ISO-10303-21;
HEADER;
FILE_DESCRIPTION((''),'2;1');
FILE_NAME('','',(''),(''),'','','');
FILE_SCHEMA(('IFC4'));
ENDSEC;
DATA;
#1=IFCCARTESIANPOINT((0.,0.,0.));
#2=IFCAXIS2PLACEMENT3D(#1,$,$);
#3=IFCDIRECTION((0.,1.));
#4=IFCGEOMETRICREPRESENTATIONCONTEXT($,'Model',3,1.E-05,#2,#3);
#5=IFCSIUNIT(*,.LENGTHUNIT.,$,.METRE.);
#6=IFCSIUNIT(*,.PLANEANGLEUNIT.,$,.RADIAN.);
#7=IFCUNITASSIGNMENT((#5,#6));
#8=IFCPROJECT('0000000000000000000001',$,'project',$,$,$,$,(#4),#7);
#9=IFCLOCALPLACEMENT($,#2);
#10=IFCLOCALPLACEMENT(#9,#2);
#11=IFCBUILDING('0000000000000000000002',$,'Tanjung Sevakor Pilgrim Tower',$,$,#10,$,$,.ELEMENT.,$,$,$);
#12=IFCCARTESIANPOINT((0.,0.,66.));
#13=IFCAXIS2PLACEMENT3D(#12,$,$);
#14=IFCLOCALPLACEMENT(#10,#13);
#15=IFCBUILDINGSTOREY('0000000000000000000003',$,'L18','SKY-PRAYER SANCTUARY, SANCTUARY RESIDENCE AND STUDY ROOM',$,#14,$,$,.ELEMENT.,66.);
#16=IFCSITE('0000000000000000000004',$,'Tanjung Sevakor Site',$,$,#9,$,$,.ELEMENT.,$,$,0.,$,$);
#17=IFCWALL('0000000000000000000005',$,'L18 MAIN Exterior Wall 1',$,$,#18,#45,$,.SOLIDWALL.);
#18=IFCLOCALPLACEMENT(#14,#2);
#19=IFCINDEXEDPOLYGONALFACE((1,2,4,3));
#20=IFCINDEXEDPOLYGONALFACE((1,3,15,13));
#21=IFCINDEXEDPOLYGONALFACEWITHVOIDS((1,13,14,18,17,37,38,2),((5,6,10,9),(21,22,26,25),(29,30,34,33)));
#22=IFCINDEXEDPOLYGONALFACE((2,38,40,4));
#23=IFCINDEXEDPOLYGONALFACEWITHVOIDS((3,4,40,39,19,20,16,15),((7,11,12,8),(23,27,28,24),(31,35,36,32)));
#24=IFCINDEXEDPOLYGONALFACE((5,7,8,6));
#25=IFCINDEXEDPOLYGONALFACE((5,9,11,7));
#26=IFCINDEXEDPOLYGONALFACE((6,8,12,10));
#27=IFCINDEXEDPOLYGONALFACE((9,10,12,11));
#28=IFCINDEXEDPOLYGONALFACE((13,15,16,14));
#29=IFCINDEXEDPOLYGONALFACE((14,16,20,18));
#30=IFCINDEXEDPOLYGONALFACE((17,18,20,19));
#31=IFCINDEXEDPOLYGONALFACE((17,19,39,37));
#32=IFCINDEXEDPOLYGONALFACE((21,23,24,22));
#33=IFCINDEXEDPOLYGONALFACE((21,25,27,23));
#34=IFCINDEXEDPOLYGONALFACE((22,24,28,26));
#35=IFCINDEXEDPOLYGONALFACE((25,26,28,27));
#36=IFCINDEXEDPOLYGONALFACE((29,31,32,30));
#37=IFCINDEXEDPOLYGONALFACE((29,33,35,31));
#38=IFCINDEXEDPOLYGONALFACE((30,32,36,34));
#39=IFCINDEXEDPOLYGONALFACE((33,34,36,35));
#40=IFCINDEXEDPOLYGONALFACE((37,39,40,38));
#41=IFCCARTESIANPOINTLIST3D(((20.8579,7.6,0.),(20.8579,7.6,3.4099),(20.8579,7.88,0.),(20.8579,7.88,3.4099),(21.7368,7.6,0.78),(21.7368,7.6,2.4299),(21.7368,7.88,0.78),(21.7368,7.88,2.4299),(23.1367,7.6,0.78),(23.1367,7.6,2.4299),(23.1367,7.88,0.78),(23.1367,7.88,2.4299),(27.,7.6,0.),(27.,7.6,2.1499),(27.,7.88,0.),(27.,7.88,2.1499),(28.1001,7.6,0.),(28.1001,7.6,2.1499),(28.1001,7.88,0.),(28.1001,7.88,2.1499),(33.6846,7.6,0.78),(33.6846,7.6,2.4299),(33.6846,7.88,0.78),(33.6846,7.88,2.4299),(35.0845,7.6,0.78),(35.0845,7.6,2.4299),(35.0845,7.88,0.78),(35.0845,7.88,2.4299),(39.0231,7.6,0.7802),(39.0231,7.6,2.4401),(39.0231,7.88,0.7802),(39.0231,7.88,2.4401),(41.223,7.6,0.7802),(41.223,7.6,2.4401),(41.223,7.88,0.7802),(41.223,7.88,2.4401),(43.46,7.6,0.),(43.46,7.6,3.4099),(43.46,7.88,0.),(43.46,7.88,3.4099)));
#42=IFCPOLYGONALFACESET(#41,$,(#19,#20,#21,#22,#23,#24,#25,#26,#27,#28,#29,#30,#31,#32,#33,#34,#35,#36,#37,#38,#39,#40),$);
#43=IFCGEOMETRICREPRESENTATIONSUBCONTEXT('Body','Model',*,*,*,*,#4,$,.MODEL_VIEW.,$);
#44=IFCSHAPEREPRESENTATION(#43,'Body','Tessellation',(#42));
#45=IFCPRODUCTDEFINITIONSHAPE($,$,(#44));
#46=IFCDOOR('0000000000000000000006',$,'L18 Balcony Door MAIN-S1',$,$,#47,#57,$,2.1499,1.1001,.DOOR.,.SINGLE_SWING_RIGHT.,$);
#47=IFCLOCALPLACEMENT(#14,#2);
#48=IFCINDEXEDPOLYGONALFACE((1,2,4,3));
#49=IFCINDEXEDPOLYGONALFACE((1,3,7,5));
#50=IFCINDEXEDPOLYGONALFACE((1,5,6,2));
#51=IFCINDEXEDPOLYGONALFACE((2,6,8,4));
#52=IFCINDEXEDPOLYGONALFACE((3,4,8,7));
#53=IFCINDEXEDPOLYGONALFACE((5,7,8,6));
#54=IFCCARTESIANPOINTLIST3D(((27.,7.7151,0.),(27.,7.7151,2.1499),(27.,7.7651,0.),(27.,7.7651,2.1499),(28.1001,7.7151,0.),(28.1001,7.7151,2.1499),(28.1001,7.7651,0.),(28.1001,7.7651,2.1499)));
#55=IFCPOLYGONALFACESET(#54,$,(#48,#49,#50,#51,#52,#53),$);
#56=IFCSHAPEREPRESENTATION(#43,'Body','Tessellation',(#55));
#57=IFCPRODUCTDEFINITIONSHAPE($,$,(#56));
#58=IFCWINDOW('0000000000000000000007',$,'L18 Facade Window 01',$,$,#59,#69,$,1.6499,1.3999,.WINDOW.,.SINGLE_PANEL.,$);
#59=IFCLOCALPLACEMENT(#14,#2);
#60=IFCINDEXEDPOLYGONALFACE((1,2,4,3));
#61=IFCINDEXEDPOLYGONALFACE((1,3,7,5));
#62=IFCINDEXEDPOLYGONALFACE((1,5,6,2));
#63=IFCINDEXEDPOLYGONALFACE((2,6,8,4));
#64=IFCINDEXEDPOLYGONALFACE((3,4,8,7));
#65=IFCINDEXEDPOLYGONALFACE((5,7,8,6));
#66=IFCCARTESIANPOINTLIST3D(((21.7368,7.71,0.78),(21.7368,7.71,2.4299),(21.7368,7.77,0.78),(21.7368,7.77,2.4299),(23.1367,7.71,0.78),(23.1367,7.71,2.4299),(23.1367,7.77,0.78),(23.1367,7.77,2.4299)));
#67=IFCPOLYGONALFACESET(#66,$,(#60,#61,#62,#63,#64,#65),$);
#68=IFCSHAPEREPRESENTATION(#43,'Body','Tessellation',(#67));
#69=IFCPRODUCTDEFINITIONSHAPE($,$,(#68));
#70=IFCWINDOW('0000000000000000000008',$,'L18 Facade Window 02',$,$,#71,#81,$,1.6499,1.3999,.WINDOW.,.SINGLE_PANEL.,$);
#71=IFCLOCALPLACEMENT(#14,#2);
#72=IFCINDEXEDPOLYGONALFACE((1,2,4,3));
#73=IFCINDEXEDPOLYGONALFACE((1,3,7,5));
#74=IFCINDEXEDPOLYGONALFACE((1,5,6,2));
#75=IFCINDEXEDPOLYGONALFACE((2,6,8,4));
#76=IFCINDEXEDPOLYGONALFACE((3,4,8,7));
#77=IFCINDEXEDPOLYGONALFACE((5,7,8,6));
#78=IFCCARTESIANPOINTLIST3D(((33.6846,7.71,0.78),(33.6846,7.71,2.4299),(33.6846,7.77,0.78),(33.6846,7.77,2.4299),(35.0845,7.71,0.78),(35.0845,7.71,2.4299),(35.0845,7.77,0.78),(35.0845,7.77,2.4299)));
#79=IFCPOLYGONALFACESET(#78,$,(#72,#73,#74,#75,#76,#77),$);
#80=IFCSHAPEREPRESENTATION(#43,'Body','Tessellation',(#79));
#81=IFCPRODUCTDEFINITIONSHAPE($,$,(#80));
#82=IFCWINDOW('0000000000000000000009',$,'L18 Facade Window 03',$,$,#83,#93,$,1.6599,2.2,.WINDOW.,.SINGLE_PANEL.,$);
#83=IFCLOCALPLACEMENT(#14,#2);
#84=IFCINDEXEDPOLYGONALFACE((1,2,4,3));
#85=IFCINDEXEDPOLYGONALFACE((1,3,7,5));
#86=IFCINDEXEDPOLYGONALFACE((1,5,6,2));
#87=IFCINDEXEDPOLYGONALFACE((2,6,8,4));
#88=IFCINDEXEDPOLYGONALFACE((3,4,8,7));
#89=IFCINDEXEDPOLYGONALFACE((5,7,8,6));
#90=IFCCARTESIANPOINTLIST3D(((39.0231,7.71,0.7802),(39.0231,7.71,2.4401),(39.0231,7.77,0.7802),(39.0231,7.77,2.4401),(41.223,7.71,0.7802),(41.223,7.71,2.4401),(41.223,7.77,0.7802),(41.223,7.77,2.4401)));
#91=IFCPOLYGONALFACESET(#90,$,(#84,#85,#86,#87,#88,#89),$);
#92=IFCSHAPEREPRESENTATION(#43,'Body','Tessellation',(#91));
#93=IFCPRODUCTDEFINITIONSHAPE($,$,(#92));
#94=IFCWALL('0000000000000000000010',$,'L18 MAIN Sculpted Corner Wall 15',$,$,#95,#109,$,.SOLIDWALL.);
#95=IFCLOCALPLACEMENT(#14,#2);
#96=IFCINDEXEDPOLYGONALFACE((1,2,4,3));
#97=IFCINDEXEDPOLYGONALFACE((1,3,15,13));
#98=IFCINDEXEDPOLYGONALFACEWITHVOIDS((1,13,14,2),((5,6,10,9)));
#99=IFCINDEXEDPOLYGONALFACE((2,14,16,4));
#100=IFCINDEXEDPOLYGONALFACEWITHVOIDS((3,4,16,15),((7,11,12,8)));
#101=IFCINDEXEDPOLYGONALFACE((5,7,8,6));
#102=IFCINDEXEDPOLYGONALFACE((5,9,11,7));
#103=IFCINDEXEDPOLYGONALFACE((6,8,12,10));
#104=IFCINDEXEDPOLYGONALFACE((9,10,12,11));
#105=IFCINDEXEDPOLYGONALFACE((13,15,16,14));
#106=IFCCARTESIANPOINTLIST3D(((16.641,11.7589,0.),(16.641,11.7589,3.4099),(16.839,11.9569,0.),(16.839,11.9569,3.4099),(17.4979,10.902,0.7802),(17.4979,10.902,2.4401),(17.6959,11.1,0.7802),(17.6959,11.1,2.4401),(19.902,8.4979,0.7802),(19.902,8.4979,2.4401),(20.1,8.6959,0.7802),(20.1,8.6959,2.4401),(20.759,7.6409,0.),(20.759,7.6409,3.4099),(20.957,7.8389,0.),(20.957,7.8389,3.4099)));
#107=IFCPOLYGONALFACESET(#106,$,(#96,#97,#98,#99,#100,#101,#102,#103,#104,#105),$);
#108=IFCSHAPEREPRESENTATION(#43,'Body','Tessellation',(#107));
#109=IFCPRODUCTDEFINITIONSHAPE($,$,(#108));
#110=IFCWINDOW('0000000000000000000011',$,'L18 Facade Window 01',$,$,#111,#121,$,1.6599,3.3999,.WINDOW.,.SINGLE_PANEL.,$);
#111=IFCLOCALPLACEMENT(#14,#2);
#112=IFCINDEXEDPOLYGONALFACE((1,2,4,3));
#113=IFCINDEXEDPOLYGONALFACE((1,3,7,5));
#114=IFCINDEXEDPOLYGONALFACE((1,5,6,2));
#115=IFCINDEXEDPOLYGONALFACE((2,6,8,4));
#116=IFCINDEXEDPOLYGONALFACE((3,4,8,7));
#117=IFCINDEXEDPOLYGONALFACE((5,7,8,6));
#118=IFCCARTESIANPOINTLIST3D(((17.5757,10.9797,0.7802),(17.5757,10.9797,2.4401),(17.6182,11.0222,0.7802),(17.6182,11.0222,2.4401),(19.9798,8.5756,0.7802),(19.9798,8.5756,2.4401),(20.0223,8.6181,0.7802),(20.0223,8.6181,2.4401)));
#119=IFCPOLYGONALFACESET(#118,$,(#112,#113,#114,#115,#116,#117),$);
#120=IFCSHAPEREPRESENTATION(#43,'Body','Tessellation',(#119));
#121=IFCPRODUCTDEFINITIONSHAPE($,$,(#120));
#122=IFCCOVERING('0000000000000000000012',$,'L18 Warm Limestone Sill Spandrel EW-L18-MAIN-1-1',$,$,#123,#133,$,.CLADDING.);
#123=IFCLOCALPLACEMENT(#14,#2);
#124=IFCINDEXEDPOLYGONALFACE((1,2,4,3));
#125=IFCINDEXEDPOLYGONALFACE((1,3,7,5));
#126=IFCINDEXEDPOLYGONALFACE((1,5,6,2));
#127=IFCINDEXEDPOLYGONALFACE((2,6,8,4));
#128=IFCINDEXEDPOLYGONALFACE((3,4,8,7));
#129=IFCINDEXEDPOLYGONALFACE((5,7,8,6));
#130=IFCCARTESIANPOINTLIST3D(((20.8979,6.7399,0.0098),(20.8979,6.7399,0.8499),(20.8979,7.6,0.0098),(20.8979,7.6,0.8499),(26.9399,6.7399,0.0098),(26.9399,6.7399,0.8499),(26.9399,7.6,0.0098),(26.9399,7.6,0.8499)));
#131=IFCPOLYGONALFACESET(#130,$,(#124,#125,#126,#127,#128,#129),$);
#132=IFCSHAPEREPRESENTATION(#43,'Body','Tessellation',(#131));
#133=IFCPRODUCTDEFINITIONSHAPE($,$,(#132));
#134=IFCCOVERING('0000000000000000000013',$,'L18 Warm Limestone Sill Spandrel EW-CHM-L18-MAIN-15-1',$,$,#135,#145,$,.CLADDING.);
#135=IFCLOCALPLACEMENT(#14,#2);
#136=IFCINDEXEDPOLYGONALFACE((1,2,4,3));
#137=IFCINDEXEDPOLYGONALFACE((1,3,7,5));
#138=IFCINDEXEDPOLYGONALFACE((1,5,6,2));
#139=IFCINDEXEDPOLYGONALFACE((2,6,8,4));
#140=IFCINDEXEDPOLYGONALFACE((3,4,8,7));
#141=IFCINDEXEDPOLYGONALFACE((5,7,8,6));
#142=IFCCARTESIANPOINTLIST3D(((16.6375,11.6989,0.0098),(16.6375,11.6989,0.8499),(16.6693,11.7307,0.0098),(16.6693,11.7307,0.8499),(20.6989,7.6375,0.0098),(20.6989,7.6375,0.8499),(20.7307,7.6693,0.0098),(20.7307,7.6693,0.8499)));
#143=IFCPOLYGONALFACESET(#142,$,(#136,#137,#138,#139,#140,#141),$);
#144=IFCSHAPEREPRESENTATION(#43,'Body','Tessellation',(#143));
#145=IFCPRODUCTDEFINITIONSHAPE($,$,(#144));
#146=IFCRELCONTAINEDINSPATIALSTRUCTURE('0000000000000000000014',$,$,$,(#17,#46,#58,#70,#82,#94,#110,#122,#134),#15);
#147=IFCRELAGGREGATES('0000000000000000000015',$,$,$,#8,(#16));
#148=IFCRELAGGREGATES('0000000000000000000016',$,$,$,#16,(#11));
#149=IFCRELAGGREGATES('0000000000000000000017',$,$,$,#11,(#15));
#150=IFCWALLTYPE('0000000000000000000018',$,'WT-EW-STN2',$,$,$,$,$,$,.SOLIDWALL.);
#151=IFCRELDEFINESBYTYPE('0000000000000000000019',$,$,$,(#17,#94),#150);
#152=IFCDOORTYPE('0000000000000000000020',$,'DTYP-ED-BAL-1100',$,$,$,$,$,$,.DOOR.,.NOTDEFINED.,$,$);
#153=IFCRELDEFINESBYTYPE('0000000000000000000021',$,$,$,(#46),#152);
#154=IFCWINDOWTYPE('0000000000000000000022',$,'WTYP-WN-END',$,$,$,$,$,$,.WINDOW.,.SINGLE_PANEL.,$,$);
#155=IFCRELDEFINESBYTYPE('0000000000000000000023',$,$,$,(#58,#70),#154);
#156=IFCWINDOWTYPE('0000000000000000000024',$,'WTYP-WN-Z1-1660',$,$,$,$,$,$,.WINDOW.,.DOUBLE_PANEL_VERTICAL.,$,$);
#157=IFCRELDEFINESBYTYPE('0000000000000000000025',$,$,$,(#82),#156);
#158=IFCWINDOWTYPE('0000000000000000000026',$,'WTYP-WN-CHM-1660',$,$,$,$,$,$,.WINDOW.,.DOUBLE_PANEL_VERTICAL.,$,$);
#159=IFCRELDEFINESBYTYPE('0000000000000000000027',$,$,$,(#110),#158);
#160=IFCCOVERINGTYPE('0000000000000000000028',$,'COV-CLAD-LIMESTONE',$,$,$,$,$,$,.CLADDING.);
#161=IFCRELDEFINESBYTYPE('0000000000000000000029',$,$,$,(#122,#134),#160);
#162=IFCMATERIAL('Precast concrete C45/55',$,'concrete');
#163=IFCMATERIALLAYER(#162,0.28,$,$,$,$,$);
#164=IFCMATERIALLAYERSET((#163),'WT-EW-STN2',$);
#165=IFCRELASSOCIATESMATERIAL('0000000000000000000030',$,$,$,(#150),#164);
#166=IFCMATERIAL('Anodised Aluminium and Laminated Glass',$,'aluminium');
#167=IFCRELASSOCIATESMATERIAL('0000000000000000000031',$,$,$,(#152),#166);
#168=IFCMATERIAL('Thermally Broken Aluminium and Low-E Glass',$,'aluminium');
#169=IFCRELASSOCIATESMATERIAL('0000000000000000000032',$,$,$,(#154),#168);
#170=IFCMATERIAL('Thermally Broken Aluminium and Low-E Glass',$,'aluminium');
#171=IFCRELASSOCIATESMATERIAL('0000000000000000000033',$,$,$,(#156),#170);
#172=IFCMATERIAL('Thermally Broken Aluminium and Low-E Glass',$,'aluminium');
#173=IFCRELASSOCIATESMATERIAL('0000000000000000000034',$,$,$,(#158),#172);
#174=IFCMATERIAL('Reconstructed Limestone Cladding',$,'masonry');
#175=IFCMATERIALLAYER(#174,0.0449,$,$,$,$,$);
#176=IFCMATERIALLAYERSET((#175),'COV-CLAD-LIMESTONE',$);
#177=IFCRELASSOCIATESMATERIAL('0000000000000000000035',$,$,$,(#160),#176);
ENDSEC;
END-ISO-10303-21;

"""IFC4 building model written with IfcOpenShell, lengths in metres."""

from ifc_helpers import new_model, si_unit, direction, frame, frame_2d, origin, origin_2d, place, context, subcontext, project, spatial, rectangle, extrude, material, layer, layer_set, type_object, element, fill, save


model = new_model("IFC4")

# Units and contexts
model_context = context("Model", 3, precision=1e-05, world=origin(), true_north=direction((0.0, 1.0)))
body_context = subcontext(model_context, "Body", "Model", "MODEL_VIEW")
ifc_project = project(units=[si_unit("LENGTHUNIT", "METRE"), si_unit("PLANEANGLEUNIT", "RADIAN")], contexts=[model_context])

# Site, building, storey
site_placement = place(None, origin())
site = spatial("IfcSite", under=ifc_project, at=site_placement, Name="Tanjung Sevakor Site", CompositionType="ELEMENT", RefElevation=0.0)
building_placement = place(site_placement, origin())
building = spatial("IfcBuilding", under=site, at=building_placement, Name="Tanjung Sevakor Pilgrim Tower", CompositionType="ELEMENT")
storey_placement = place(building_placement, frame((0.0, 0.0, 66.0)))
storey = spatial("IfcBuildingStorey", under=building, at=storey_placement, Name="L18", Description="SKY-PRAYER SANCTUARY, SANCTUARY RESIDENCE AND STUDY ROOM", CompositionType="ELEMENT", Elevation=66.0)

# Wall, openings, door, windows
ifc_material_1 = material(Name="Precast concrete C45/55", Category="concrete")
ifc_layer_1 = layer(ifc_material_1, 0.28)
ifc_layer_set_1 = layer_set([ifc_layer_1], Name="WT-EW-STN2")
wall_type_1 = type_object("IfcWallType", Name="WT-EW-STN2", PredefinedType="SOLIDWALL", material=ifc_layer_set_1)
wall_1_placement = place(storey_placement, frame((20.8579, 7.74, 0.0), z_axis=(0.0, 0.0, 1.0), x_axis=(1.0, 0.0, 0.0)))
wall_1 = element("IfcWall", 1, at=wall_1_placement, inside=storey, type_object=wall_type_1, Name="L18 MAIN Exterior Wall 1", PredefinedType="SOLIDWALL", context=body_context, shape_type="SweptSolid", body=[
    extrude(rectangle(XDim=22.6021, YDim=0.28, at=frame_2d((11.301, 0.0))), origin(), (0.0, 0.0, 1.0), 3.4099),
])
opening_1_placement = place(wall_1_placement, frame((6.1421, 0.0, 0.0)))
opening_1 = element("IfcOpeningElement", 2, at=opening_1_placement, cuts=wall_1, PredefinedType="OPENING", context=body_context, shape_type="SweptSolid", body=[
    extrude(rectangle(XDim=1.1001, YDim=2.1499, at=frame_2d((0.55, 1.075))), frame((0.0, 0.1499, 0.0), z_axis=(0.0, -1.0, 0.0), x_axis=(1.0, 0.0, 0.0)), (0.0, 0.0, 1.0), 0.3),
])
opening_2_placement = place(wall_1_placement, frame((0.8789, 0.0, 0.78)))
opening_2 = element("IfcOpeningElement", 3, at=opening_2_placement, cuts=wall_1, PredefinedType="OPENING", context=body_context, shape_type="SweptSolid", body=[
    extrude(rectangle(XDim=1.3999, YDim=1.6499, at=frame_2d((0.7, 0.825))), frame((0.0, 0.1499, 0.0), z_axis=(0.0, -1.0, 0.0), x_axis=(1.0, 0.0, 0.0)), (0.0, 0.0, 1.0), 0.3),
])
opening_3_placement = place(wall_1_placement, frame((12.8267, 0.0, 0.78)))
opening_3 = element("IfcOpeningElement", 4, at=opening_3_placement, cuts=wall_1, PredefinedType="OPENING", context=body_context, shape_type="SweptSolid", body=[
    extrude(rectangle(XDim=1.3999, YDim=1.6499, at=frame_2d((0.7, 0.825))), frame((0.0, 0.1499, 0.0), z_axis=(0.0, -1.0, 0.0), x_axis=(1.0, 0.0, 0.0)), (0.0, 0.0, 1.0), 0.3),
])
opening_4_placement = place(wall_1_placement, frame((18.165, 0.0, 0.78)))
opening_4 = element("IfcOpeningElement", 5, at=opening_4_placement, cuts=wall_1, PredefinedType="OPENING", context=body_context, shape_type="SweptSolid", body=[
    extrude(rectangle(XDim=2.2, YDim=1.6599, at=frame_2d((1.1001, 0.8301))), frame((0.0, 0.1499, 0.0), z_axis=(0.0, -1.0, 0.0), x_axis=(1.0, 0.0, 0.0)), (0.0, 0.0, 1.0), 0.3),
])
ifc_material_2 = material(Name="Anodised Aluminium and Laminated Glass", Category="aluminium")
door_type = type_object("IfcDoorType", Name="DTYP-ED-BAL-1100", OperationType="NOTDEFINED", PredefinedType="DOOR", material=ifc_material_2)
door_placement = place(opening_1_placement, frame((1.1001, 0.0, 0.0), z_axis=(0.0, 0.0, 1.0), x_axis=(-1.0, 0.0, 0.0)))
door = element("IfcDoor", 6, at=door_placement, inside=storey, type_object=door_type, Name="L18 Balcony Door MAIN-S1", OperationType="SINGLE_SWING_RIGHT", OverallHeight=2.1499, OverallWidth=1.1001, PredefinedType="DOOR", context=body_context, shape_type="SweptSolid", body=[
    extrude(rectangle(XDim=1.1001, YDim=2.1499, at=frame_2d((0.55, 1.075))), frame((0.0, 0.0249, 0.0), z_axis=(0.0, -1.0, 0.0), x_axis=(1.0, 0.0, 0.0)), (0.0, 0.0, 1.0), 0.05),
])
fill(opening_1, door)
ifc_material_3 = material(Name="Thermally Broken Aluminium and Low-E Glass", Category="aluminium")
window_type_1 = type_object("IfcWindowType", Name="WTYP-WN-END", PartitioningType="SINGLE_PANEL", PredefinedType="WINDOW", material=ifc_material_3)
window_1_placement = place(opening_2_placement, origin())
window_1 = element("IfcWindow", 7, at=window_1_placement, inside=storey, type_object=window_type_1, Name="L18 Facade Window 01", OverallHeight=1.6499, OverallWidth=1.3999, PartitioningType="SINGLE_PANEL", PredefinedType="WINDOW", context=body_context, shape_type="SweptSolid", body=[
    extrude(rectangle(XDim=1.3999, YDim=1.6499, at=frame_2d((0.7, 0.825))), frame((0.0, 0.03, 0.0), z_axis=(0.0, -1.0, 0.0), x_axis=(1.0, 0.0, 0.0)), (0.0, 0.0, 1.0), 0.0601),
])
fill(opening_2, window_1)
window_2_placement = place(opening_3_placement, origin())
window_2 = element("IfcWindow", 8, at=window_2_placement, inside=storey, type_object=window_type_1, Name="L18 Facade Window 02", OverallHeight=1.6499, OverallWidth=1.3999, PartitioningType="SINGLE_PANEL", PredefinedType="WINDOW", context=body_context, shape_type="SweptSolid", body=[
    extrude(rectangle(XDim=1.3999, YDim=1.6499, at=frame_2d((0.7, 0.825))), frame((0.0, 0.03, 0.0), z_axis=(0.0, -1.0, 0.0), x_axis=(1.0, 0.0, 0.0)), (0.0, 0.0, 1.0), 0.0601),
])
fill(opening_3, window_2)
ifc_material_4 = material(Name="Thermally Broken Aluminium and Low-E Glass", Category="aluminium")
window_type_2 = type_object("IfcWindowType", Name="WTYP-WN-Z1-1660", PartitioningType="DOUBLE_PANEL_VERTICAL", PredefinedType="WINDOW", material=ifc_material_4)
window_3_placement = place(opening_4_placement, origin())
window_3 = element("IfcWindow", 9, at=window_3_placement, inside=storey, type_object=window_type_2, Name="L18 Facade Window 03", OverallHeight=1.6599, OverallWidth=2.2, PartitioningType="SINGLE_PANEL", PredefinedType="WINDOW", context=body_context, shape_type="SweptSolid", body=[
    extrude(rectangle(XDim=2.2, YDim=1.6599, at=frame_2d((1.1001, 0.8301))), frame((0.0, 0.03, 0.0), z_axis=(0.0, -1.0, 0.0), x_axis=(1.0, 0.0, 0.0)), (0.0, 0.0, 1.0), 0.0601),
])
fill(opening_4, window_3)

# Wall, opening, window
wall_2_placement = place(storey_placement, frame((16.74, 11.8579, 0.0), z_axis=(0.0, 0.0, 1.0), x_axis=(0.707107, -0.707107, 0.0)))
wall_2 = element("IfcWall", 10, at=wall_2_placement, inside=storey, type_object=wall_type_1, Name="L18 MAIN Sculpted Corner Wall 15", PredefinedType="SOLIDWALL", context=body_context, shape_type="SweptSolid", body=[
    extrude(rectangle(XDim=5.8237, YDim=0.28, at=frame_2d((2.9119, 0.0))), origin(), (0.0, 0.0, 1.0), 3.4099),
])
opening_5_placement = place(wall_2_placement, frame((1.2119, 0.0, 0.78)))
opening_5 = element("IfcOpeningElement", 11, at=opening_5_placement, cuts=wall_2, PredefinedType="OPENING", context=body_context, shape_type="SweptSolid", body=[
    extrude(rectangle(XDim=3.3999, YDim=1.6599, at=frame_2d((1.7, 0.8301))), frame((0.0, 0.1499, 0.0), z_axis=(0.0, -1.0, 0.0), x_axis=(1.0, 0.0, 0.0)), (0.0, 0.0, 1.0), 0.3),
])
ifc_material_5 = material(Name="Thermally Broken Aluminium and Low-E Glass", Category="aluminium")
window_type_3 = type_object("IfcWindowType", Name="WTYP-WN-CHM-1660", PartitioningType="DOUBLE_PANEL_VERTICAL", PredefinedType="WINDOW", material=ifc_material_5)
window_4_placement = place(opening_5_placement, origin())
window_4 = element("IfcWindow", 12, at=window_4_placement, inside=storey, type_object=window_type_3, Name="L18 Facade Window 01", OverallHeight=1.6599, OverallWidth=3.3999, PartitioningType="SINGLE_PANEL", PredefinedType="WINDOW", context=body_context, shape_type="SweptSolid", body=[
    extrude(rectangle(XDim=3.3999, YDim=1.6599, at=frame_2d((1.7, 0.8301))), frame((0.0, 0.03, 0.0), z_axis=(0.0, -1.0, 0.0), x_axis=(1.0, 0.0, 0.0)), (0.0, 0.0, 1.0), 0.0601),
])
fill(opening_5, window_4)

# Coverings
ifc_material_6 = material(Name="Reconstructed Limestone Cladding", Category="masonry")
ifc_layer_2 = layer(ifc_material_6, 0.0449)
ifc_layer_set_2 = layer_set([ifc_layer_2], Name="COV-CLAD-LIMESTONE")
covering_type = type_object("IfcCoveringType", Name="COV-CLAD-LIMESTONE", PredefinedType="CLADDING", material=ifc_layer_set_2)
covering_1_placement = place(storey_placement, frame((23.9189, 7.1699, 0.0098), z_axis=(0.0, 0.0, 1.0), x_axis=(1.0, 0.0, 0.0)))
element("IfcCovering", 13, at=covering_1_placement, inside=storey, type_object=covering_type, Name="L18 Warm Limestone Sill Spandrel EW-L18-MAIN-1-1", PredefinedType="CLADDING", context=body_context, shape_type="SweptSolid", body=[
    extrude(rectangle(XDim=6.042, YDim=0.8601, at=origin_2d()), origin(), (0.0, 0.0, 1.0), 0.8401),
])
covering_2_placement = place(storey_placement, frame((18.6841, 9.6841, 0.0098), z_axis=(0.0, 0.0, 1.0), x_axis=(0.707107, -0.707107, 0.0)))
element("IfcCovering", 14, at=covering_2_placement, inside=storey, type_object=covering_type, Name="L18 Warm Limestone Sill Spandrel EW-CHM-L18-MAIN-15-1", PredefinedType="CLADDING", context=body_context, shape_type="SweptSolid", body=[
    extrude(rectangle(XDim=5.7437, YDim=0.0449, at=origin_2d()), origin(), (0.0, 0.0, 1.0), 0.8401),
])

save(model, "model.ifc")
